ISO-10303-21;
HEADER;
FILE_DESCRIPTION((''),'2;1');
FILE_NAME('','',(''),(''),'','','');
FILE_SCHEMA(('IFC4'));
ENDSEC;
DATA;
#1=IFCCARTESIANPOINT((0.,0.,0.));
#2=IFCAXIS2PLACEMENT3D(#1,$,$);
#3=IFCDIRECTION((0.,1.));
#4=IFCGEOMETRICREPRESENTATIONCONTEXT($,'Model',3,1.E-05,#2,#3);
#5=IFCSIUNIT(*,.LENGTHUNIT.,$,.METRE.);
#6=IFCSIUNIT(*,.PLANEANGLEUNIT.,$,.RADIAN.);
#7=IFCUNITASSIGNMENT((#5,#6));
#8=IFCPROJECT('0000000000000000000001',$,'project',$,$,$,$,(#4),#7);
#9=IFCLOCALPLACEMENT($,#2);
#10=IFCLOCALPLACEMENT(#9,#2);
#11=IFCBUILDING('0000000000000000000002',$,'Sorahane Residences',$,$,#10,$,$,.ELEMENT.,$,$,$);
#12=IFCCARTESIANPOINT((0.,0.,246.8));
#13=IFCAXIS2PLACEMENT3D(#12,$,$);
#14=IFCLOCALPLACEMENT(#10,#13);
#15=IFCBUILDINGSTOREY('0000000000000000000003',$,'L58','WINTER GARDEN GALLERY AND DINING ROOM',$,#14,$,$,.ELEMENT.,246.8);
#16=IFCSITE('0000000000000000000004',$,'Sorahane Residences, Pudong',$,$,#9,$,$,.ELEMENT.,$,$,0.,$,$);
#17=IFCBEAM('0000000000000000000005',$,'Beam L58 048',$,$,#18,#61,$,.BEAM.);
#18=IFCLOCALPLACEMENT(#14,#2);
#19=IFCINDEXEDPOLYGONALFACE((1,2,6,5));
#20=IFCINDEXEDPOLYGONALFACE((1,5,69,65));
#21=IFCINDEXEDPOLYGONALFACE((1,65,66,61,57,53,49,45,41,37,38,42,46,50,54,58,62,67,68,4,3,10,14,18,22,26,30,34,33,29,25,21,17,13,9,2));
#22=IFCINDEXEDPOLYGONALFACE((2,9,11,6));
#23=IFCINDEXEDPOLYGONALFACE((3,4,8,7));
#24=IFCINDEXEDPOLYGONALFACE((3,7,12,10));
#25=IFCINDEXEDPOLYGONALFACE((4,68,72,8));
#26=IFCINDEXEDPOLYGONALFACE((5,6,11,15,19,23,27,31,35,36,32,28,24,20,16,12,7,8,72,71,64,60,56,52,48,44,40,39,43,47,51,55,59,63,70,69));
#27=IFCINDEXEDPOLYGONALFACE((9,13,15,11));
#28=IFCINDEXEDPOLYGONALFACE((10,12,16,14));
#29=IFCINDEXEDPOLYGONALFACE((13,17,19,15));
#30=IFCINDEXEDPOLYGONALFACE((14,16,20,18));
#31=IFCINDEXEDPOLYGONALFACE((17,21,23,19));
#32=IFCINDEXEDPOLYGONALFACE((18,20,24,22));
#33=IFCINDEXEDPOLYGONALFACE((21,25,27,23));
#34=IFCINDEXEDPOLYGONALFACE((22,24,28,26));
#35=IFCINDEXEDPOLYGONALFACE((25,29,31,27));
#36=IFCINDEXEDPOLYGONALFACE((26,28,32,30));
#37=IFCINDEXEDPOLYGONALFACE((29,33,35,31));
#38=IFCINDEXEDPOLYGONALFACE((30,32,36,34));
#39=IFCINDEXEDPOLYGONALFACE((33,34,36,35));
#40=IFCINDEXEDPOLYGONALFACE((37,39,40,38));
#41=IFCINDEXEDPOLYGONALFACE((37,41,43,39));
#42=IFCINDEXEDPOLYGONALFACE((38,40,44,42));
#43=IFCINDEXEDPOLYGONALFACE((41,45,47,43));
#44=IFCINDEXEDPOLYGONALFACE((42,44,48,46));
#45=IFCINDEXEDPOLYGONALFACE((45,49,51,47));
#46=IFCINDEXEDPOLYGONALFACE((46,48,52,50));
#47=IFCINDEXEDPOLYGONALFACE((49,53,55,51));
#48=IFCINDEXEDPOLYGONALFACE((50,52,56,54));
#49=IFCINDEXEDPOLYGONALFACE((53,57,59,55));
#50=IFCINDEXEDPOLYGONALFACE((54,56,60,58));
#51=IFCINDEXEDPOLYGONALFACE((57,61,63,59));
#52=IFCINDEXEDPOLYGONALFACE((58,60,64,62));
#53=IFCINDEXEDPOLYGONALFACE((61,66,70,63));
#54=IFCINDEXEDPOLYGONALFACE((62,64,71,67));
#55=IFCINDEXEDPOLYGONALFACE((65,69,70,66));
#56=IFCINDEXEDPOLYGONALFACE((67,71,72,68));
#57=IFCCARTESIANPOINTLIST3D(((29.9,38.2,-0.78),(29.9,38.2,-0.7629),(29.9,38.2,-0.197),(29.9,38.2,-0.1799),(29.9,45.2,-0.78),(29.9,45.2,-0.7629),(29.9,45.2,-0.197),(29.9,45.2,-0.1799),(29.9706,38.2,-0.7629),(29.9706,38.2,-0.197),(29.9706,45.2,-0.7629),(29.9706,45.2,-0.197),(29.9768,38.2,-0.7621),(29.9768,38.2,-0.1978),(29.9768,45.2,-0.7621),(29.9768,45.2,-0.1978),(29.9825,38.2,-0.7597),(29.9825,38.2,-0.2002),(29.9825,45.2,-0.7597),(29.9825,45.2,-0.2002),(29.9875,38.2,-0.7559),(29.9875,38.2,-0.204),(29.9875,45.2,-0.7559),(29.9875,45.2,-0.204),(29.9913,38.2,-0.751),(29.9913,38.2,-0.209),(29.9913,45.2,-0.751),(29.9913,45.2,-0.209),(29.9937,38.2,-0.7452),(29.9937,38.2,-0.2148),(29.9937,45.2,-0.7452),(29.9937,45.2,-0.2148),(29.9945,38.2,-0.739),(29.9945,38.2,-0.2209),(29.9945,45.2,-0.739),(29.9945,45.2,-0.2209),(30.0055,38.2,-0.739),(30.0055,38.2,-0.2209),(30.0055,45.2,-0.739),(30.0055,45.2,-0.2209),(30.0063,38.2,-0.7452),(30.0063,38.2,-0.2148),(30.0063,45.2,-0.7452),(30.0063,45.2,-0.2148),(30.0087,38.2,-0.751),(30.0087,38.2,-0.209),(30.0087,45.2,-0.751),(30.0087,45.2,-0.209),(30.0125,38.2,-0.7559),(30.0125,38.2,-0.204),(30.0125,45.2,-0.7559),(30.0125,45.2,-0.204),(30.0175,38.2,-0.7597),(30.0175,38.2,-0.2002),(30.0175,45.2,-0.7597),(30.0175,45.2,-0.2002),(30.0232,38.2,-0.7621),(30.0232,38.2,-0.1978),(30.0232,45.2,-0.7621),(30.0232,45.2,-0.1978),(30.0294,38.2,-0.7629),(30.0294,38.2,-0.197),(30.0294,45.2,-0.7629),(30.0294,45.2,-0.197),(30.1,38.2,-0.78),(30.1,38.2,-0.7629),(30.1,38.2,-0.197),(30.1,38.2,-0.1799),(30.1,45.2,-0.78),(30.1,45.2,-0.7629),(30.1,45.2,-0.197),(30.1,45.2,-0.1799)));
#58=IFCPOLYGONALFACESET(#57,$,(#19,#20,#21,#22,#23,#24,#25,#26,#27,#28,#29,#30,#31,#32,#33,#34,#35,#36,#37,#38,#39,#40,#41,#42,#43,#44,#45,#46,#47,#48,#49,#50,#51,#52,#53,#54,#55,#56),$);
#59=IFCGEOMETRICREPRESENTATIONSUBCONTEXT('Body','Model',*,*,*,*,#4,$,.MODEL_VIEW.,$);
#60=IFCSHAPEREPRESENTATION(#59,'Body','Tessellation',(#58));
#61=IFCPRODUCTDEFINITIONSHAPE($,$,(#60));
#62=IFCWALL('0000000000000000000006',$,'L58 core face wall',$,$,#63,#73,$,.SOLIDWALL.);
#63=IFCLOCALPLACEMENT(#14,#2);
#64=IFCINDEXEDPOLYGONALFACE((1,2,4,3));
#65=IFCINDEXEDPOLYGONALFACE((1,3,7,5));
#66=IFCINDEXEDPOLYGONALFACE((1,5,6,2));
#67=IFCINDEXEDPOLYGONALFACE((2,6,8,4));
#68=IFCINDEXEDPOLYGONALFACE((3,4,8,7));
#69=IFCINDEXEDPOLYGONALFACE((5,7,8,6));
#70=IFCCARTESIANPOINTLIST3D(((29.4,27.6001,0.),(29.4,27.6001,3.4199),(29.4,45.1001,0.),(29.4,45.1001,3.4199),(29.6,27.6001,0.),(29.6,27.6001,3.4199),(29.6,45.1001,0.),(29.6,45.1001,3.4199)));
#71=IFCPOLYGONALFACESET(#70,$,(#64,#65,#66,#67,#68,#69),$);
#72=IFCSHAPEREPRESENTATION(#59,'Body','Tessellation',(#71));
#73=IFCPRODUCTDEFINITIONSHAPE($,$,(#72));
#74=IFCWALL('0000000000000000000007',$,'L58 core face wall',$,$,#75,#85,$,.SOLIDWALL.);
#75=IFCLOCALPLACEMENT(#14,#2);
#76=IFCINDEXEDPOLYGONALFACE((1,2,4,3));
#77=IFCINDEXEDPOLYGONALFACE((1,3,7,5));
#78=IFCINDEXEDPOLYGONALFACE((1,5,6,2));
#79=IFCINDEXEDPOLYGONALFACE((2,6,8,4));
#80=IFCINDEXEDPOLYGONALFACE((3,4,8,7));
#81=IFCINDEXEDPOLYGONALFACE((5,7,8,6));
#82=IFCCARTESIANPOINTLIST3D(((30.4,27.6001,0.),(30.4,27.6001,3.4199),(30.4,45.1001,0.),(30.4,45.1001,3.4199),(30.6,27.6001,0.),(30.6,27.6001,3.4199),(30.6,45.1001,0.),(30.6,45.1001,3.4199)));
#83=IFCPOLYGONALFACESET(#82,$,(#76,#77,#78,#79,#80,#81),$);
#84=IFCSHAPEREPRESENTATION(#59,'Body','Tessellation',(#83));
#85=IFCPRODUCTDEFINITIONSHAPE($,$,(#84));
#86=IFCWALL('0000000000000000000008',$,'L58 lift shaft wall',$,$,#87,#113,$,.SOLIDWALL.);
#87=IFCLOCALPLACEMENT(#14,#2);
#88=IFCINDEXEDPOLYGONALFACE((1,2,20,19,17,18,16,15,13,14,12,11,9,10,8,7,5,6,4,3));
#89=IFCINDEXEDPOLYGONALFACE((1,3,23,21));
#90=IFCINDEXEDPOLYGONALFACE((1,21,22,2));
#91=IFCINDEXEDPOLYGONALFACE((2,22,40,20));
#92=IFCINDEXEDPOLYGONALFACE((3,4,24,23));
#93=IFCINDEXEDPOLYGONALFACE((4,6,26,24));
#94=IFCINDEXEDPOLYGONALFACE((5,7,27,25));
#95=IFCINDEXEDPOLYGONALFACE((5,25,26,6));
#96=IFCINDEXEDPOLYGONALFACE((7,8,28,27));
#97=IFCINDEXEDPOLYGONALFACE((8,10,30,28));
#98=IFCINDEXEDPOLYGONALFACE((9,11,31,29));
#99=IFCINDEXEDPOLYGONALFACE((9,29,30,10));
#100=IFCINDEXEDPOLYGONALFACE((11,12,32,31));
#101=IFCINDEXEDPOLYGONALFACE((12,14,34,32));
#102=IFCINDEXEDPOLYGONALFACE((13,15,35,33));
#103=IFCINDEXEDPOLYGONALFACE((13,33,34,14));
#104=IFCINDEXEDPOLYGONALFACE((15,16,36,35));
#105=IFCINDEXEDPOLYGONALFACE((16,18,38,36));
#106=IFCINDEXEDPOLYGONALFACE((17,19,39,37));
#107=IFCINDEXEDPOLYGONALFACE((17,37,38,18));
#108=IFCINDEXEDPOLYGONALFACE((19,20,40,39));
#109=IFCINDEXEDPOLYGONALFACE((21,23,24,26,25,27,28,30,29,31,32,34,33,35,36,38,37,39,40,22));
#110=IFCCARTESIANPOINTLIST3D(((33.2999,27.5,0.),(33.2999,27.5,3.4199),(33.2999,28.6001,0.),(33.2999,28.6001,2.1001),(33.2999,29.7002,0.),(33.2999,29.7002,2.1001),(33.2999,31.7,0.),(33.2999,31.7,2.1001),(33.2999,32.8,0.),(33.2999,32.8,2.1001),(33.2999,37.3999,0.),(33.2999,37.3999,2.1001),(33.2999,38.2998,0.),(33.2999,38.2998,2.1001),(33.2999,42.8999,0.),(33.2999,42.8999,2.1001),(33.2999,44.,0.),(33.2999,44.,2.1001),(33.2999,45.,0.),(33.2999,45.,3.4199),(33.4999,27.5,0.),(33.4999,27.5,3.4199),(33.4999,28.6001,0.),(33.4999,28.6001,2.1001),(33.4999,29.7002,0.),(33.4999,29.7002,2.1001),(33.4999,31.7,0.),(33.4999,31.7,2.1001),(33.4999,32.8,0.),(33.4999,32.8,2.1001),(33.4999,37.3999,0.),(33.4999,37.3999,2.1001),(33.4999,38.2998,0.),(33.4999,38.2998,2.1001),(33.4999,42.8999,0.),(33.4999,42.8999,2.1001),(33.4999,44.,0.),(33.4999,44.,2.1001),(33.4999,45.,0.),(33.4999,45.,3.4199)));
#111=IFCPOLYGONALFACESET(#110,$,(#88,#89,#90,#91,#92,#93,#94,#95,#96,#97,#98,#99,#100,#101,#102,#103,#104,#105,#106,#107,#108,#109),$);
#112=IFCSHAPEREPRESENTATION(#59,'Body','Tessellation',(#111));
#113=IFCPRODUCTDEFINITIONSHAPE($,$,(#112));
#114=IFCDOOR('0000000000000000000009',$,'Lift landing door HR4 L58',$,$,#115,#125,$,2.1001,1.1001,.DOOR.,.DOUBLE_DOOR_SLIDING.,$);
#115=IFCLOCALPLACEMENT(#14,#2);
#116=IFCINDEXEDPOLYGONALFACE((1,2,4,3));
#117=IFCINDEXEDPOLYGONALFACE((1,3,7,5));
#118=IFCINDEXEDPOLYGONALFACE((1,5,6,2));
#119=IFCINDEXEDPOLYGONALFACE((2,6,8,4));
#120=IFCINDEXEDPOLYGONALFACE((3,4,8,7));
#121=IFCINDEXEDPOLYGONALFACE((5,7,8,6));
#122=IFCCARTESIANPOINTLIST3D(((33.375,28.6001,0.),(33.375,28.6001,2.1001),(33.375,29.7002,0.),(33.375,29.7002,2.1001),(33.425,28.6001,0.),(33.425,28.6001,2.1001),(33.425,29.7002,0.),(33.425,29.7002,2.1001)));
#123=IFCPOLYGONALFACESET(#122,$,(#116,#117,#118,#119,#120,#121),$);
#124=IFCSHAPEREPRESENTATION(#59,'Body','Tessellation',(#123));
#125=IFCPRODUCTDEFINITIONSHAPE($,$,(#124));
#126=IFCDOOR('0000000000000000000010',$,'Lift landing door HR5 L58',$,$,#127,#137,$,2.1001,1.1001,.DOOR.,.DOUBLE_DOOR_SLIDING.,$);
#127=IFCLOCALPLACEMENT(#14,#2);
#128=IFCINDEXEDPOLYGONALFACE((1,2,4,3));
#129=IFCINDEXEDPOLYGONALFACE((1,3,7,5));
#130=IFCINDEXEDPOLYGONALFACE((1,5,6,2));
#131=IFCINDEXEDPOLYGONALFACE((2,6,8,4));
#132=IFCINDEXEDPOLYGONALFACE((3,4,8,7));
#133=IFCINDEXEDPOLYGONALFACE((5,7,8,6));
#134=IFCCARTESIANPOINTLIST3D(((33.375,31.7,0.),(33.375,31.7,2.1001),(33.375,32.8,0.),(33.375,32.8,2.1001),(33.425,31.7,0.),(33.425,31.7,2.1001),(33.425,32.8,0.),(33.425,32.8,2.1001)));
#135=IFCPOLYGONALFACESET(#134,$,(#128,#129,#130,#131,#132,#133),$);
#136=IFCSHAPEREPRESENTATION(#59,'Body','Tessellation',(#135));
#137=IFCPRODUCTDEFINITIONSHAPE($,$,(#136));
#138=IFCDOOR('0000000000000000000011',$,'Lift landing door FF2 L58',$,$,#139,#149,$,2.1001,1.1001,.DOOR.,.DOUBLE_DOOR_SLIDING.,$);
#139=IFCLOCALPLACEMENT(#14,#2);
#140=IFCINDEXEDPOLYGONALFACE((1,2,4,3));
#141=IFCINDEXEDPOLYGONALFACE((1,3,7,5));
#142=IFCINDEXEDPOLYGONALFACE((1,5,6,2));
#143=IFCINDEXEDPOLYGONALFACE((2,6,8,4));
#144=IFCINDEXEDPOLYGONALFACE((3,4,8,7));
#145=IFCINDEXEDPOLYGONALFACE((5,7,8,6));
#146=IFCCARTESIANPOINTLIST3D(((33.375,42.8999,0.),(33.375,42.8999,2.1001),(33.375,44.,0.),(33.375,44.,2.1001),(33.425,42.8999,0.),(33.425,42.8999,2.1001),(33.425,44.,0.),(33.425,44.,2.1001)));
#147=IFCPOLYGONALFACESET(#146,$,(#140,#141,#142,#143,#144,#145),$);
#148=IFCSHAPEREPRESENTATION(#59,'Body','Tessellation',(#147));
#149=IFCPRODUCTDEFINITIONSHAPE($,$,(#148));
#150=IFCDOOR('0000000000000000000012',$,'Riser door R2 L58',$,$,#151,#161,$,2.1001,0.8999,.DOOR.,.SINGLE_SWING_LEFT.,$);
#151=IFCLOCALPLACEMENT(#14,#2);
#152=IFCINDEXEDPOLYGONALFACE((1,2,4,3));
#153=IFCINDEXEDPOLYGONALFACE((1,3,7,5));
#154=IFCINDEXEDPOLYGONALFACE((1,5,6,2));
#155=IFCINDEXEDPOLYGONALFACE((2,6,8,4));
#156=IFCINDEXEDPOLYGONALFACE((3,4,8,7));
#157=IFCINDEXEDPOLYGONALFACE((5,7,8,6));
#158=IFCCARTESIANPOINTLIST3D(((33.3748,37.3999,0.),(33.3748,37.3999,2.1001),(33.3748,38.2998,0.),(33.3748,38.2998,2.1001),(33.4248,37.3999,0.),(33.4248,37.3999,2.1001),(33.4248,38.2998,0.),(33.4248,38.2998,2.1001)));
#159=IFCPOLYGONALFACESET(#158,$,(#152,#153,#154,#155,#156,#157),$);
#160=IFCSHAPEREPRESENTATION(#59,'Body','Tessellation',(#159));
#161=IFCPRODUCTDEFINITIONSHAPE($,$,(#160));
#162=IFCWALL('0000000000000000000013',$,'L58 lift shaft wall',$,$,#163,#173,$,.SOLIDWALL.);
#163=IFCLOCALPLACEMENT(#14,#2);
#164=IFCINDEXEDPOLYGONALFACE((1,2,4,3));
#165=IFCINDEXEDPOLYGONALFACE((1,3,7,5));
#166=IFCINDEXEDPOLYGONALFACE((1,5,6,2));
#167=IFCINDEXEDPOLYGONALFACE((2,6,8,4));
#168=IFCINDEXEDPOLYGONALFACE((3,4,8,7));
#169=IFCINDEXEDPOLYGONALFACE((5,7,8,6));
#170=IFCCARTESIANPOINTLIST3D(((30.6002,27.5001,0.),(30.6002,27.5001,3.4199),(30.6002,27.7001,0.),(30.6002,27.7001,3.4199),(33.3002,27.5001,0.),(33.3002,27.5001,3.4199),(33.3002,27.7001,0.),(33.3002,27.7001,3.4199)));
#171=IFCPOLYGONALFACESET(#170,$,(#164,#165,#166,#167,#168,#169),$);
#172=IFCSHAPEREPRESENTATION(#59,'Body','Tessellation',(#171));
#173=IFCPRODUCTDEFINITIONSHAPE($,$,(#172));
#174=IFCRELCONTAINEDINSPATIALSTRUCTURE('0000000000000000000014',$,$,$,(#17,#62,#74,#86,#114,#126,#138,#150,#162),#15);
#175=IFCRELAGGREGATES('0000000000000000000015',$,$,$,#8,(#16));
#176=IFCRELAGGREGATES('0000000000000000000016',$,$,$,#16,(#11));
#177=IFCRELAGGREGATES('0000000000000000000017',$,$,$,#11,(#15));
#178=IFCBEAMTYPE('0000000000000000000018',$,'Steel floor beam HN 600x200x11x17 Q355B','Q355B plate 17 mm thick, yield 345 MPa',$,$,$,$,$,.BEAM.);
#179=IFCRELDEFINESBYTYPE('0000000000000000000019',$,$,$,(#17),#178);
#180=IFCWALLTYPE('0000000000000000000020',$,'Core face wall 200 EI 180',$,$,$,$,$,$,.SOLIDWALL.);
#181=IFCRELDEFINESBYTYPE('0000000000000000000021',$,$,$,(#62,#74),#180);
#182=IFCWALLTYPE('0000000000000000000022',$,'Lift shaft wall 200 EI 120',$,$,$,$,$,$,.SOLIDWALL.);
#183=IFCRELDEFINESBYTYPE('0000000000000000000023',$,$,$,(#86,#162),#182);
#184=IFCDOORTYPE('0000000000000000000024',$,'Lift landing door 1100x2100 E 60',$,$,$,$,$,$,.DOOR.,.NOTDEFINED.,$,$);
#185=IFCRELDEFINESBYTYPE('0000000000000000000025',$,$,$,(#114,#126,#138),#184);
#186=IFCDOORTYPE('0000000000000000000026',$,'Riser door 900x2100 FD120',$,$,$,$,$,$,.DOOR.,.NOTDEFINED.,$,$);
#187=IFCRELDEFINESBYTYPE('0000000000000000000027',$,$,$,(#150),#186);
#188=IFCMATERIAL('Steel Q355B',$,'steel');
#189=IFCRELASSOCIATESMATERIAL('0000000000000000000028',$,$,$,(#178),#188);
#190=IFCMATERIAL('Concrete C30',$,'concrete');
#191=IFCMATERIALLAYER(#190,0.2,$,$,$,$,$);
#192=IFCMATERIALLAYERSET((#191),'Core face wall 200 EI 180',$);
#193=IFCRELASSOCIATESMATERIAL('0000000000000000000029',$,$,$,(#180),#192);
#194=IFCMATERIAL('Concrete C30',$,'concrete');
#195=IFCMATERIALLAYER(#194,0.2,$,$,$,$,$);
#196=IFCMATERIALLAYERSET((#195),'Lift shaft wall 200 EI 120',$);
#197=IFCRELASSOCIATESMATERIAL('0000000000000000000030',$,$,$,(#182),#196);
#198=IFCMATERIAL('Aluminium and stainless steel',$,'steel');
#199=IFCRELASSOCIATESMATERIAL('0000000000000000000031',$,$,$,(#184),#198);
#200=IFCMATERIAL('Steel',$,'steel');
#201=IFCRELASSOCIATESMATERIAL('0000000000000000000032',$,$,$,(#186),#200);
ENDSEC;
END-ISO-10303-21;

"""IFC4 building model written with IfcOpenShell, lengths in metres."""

from ifc_helpers import new_model, si_unit, direction, frame, frame_2d, origin, origin_2d, place, context, subcontext, project, spatial, rectangle, i_section, extrude, material, layer, layer_set, material_profile, profile_set, type_object, element, fill, save


model = new_model("IFC4")

# Units and contexts
model_context = context("Model", 3, precision=1e-05, world=origin(), true_north=direction((0.0, 1.0)))
body_context = subcontext(model_context, "Body", "Model", "MODEL_VIEW")
ifc_project = project(units=[si_unit("LENGTHUNIT", "METRE"), si_unit("PLANEANGLEUNIT", "RADIAN")], contexts=[model_context])

# Site, building, storey
site_placement = place(None, origin())
site = spatial("IfcSite", under=ifc_project, at=site_placement, Name="Sorahane Residences, Pudong", CompositionType="ELEMENT", RefElevation=0.0)
building_placement = place(site_placement, origin())
building = spatial("IfcBuilding", under=site, at=building_placement, Name="Sorahane Residences", CompositionType="ELEMENT")
storey_placement = place(building_placement, frame((0.0, 0.0, 246.8)))
storey = spatial("IfcBuildingStorey", under=building, at=storey_placement, Name="L58", Description="WINTER GARDEN GALLERY AND DINING ROOM", CompositionType="ELEMENT", Elevation=246.8)

# Beam
ifc_material_1 = material(Name="Steel Q355B", Category="steel")
ifc_material_profile_1 = material_profile(ifc_material_1, i_section(OverallWidth=0.2, OverallDepth=0.6001, WebThickness=0.011, FlangeThickness=0.0171, FilletRadius=0.0239, at=origin_2d()), Name="HN 600x200x11x17")
ifc_profile_set_1 = profile_set([ifc_material_profile_1], Name="Steel Q355B")
beam_type_1 = type_object("IfcBeamType", Name="Steel floor beam HN 600x200x11x17 Q355B", Description="Q355B plate 17 mm thick, yield 345 MPa", PredefinedType="BEAM", material=ifc_profile_set_1)
for number, where, z_axis, x_axis, name in (
    (1, (30.0, 38.2, -0.48), (0.0, 1.0, 0.0), (-1.0, 0.0, 0.0), "Beam L58 048"),
):
    element("IfcBeam", number, at=place(storey_placement, frame(where, z_axis=z_axis, x_axis=x_axis)), inside=storey, type_object=beam_type_1, Name=name, PredefinedType="BEAM", context=body_context, shape_type="SweptSolid", body=[
        extrude(i_section(OverallWidth=0.2, OverallDepth=0.6001, WebThickness=0.011, FlangeThickness=0.0171, FilletRadius=0.0239, at=origin_2d()), origin(), (0.0, 0.0, 1.0), 7.0),
    ])

# Walls
ifc_material_2 = material(Name="Concrete C30", Category="concrete")
ifc_layer_1 = layer(ifc_material_2, 0.2)
ifc_layer_set_1 = layer_set([ifc_layer_1], Name="Core face wall 200 EI 180")
wall_type_1 = type_object("IfcWallType", Name="Core face wall 200 EI 180", PredefinedType="SOLIDWALL", material=ifc_layer_set_1)
for number, where, z_axis, x_axis, name in (
    (2, (29.5, 27.6001, 0.0), (0.0, 0.0, 1.0), (0.0, 1.0, 0.0), "L58 core face wall"),
    (3, (30.5, 27.6001, 0.0), (0.0, 0.0, 1.0), (0.0, 1.0, 0.0), "L58 core face wall"),
):
    element("IfcWall", number, at=place(storey_placement, frame(where, z_axis=z_axis, x_axis=x_axis)), inside=storey, type_object=wall_type_1, Name=name, PredefinedType="SOLIDWALL", context=body_context, shape_type="SweptSolid", body=[
        extrude(rectangle(XDim=17.5, YDim=0.2, at=frame_2d((8.75, 0.0))), origin(), (0.0, 0.0, 1.0), 3.4199),
    ])

# Wall, openings, doors
ifc_material_3 = material(Name="Concrete C30", Category="concrete")
ifc_layer_2 = layer(ifc_material_3, 0.2)
ifc_layer_set_2 = layer_set([ifc_layer_2], Name="Lift shaft wall 200 EI 120")
wall_type_2 = type_object("IfcWallType", Name="Lift shaft wall 200 EI 120", PredefinedType="SOLIDWALL", material=ifc_layer_set_2)
wall_1_placement = place(storey_placement, frame((33.3999, 27.5, 0.0), z_axis=(0.0, 0.0, 1.0), x_axis=(0.0, 1.0, 0.0)))
wall_1 = element("IfcWall", 4, at=wall_1_placement, inside=storey, type_object=wall_type_2, Name="L58 lift shaft wall", PredefinedType="SOLIDWALL", context=body_context, shape_type="SweptSolid", body=[
    extrude(rectangle(XDim=17.5, YDim=0.2, at=frame_2d((8.75, 0.0))), origin(), (0.0, 0.0, 1.0), 3.4199),
])
opening_1_placement = place(wall_1_placement, frame((1.1001, 0.0, 0.0)))
opening_1 = element("IfcOpeningElement", 5, at=opening_1_placement, cuts=wall_1, PredefinedType="OPENING", context=body_context, shape_type="SweptSolid", body=[
    extrude(rectangle(XDim=1.1001, YDim=2.1001, at=frame_2d((0.55, 1.05))), frame((0.0, 0.1099, 0.0), z_axis=(0.0, -1.0, 0.0), x_axis=(1.0, 0.0, 0.0)), (0.0, 0.0, 1.0), 0.22),
])
opening_2_placement = place(wall_1_placement, frame((4.2, 0.0, 0.0)))
opening_2 = element("IfcOpeningElement", 6, at=opening_2_placement, cuts=wall_1, PredefinedType="OPENING", context=body_context, shape_type="SweptSolid", body=[
    extrude(rectangle(XDim=1.1001, YDim=2.1001, at=frame_2d((0.55, 1.05))), frame((0.0, 0.1099, 0.0), z_axis=(0.0, -1.0, 0.0), x_axis=(1.0, 0.0, 0.0)), (0.0, 0.0, 1.0), 0.22),
])
opening_3_placement = place(wall_1_placement, frame((15.3999, 0.0, 0.0)))
opening_3 = element("IfcOpeningElement", 7, at=opening_3_placement, cuts=wall_1, PredefinedType="OPENING", context=body_context, shape_type="SweptSolid", body=[
    extrude(rectangle(XDim=1.1001, YDim=2.1001, at=frame_2d((0.55, 1.05))), frame((0.0, 0.1099, 0.0), z_axis=(0.0, -1.0, 0.0), x_axis=(1.0, 0.0, 0.0)), (0.0, 0.0, 1.0), 0.22),
])
opening_4_placement = place(wall_1_placement, frame((9.8999, 0.0, 0.0)))
opening_4 = element("IfcOpeningElement", 8, at=opening_4_placement, cuts=wall_1, PredefinedType="OPENING", context=body_context, shape_type="SweptSolid", body=[
    extrude(rectangle(XDim=0.8999, YDim=2.1001, at=frame_2d((0.45, 1.05))), frame((0.0, 0.1099, 0.0), z_axis=(0.0, -1.0, 0.0), x_axis=(1.0, 0.0, 0.0)), (0.0, 0.0, 1.0), 0.22),
])
ifc_material_4 = material(Name="Aluminium and stainless steel", Category="steel")
door_type_1 = type_object("IfcDoorType", Name="Lift landing door 1100x2100 E 60", OperationType="NOTDEFINED", PredefinedType="DOOR", material=ifc_material_4)
door_1_placement = place(opening_1_placement, origin())
door_1 = element("IfcDoor", 9, at=door_1_placement, inside=storey, type_object=door_type_1, Name="Lift landing door HR4 L58", OperationType="DOUBLE_DOOR_SLIDING", OverallHeight=2.1001, OverallWidth=1.1001, PredefinedType="DOOR", context=body_context, shape_type="SweptSolid", body=[
    extrude(rectangle(XDim=1.1001, YDim=2.1001, at=frame_2d((0.55, 1.05))), frame((0.0, 0.0249, 0.0), z_axis=(0.0, -1.0, 0.0), x_axis=(1.0, 0.0, 0.0)), (0.0, 0.0, 1.0), 0.05),
])
fill(opening_1, door_1)
door_2_placement = place(opening_2_placement, origin())
door_2 = element("IfcDoor", 10, at=door_2_placement, inside=storey, type_object=door_type_1, Name="Lift landing door HR5 L58", OperationType="DOUBLE_DOOR_SLIDING", OverallHeight=2.1001, OverallWidth=1.1001, PredefinedType="DOOR", context=body_context, shape_type="SweptSolid", body=[
    extrude(rectangle(XDim=1.1001, YDim=2.1001, at=frame_2d((0.55, 1.05))), frame((0.0, 0.0249, 0.0), z_axis=(0.0, -1.0, 0.0), x_axis=(1.0, 0.0, 0.0)), (0.0, 0.0, 1.0), 0.05),
])
fill(opening_2, door_2)
door_3_placement = place(opening_3_placement, origin())
door_3 = element("IfcDoor", 11, at=door_3_placement, inside=storey, type_object=door_type_1, Name="Lift landing door FF2 L58", OperationType="DOUBLE_DOOR_SLIDING", OverallHeight=2.1001, OverallWidth=1.1001, PredefinedType="DOOR", context=body_context, shape_type="SweptSolid", body=[
    extrude(rectangle(XDim=1.1001, YDim=2.1001, at=frame_2d((0.55, 1.05))), frame((0.0, 0.0249, 0.0), z_axis=(0.0, -1.0, 0.0), x_axis=(1.0, 0.0, 0.0)), (0.0, 0.0, 1.0), 0.05),
])
fill(opening_3, door_3)
ifc_material_5 = material(Name="Steel", Category="steel")
door_type_2 = type_object("IfcDoorType", Name="Riser door 900x2100 FD120", OperationType="NOTDEFINED", PredefinedType="DOOR", material=ifc_material_5)
door_4_placement = place(opening_4_placement, frame((0.8999, 0.0, 0.0), z_axis=(0.0, 0.0, 1.0), x_axis=(-1.0, 0.0, 0.0)))
door_4 = element("IfcDoor", 12, at=door_4_placement, inside=storey, type_object=door_type_2, Name="Riser door R2 L58", OperationType="SINGLE_SWING_LEFT", OverallHeight=2.1001, OverallWidth=0.8999, PredefinedType="DOOR", context=body_context, shape_type="SweptSolid", body=[
    extrude(rectangle(XDim=0.8999, YDim=2.1001, at=frame_2d((0.45, 1.05))), frame((0.0, 0.0249, 0.0), z_axis=(0.0, -1.0, 0.0), x_axis=(1.0, 0.0, 0.0)), (0.0, 0.0, 1.0), 0.05),
])
fill(opening_4, door_4)

# Wall
for number, where, z_axis, x_axis, name in (
    (13, (30.6001, 27.6001, 0.0), (0.0, 0.0, 1.0), (1.0, 0.0, 0.0), "L58 lift shaft wall"),
):
    element("IfcWall", number, at=place(storey_placement, frame(where, z_axis=z_axis, x_axis=x_axis)), inside=storey, type_object=wall_type_2, Name=name, PredefinedType="SOLIDWALL", context=body_context, shape_type="SweptSolid", body=[
        extrude(rectangle(XDim=2.7, YDim=0.2, at=frame_2d((1.3501, 0.0))), origin(), (0.0, 0.0, 1.0), 3.4199),
    ])

save(model, "model.ifc")
